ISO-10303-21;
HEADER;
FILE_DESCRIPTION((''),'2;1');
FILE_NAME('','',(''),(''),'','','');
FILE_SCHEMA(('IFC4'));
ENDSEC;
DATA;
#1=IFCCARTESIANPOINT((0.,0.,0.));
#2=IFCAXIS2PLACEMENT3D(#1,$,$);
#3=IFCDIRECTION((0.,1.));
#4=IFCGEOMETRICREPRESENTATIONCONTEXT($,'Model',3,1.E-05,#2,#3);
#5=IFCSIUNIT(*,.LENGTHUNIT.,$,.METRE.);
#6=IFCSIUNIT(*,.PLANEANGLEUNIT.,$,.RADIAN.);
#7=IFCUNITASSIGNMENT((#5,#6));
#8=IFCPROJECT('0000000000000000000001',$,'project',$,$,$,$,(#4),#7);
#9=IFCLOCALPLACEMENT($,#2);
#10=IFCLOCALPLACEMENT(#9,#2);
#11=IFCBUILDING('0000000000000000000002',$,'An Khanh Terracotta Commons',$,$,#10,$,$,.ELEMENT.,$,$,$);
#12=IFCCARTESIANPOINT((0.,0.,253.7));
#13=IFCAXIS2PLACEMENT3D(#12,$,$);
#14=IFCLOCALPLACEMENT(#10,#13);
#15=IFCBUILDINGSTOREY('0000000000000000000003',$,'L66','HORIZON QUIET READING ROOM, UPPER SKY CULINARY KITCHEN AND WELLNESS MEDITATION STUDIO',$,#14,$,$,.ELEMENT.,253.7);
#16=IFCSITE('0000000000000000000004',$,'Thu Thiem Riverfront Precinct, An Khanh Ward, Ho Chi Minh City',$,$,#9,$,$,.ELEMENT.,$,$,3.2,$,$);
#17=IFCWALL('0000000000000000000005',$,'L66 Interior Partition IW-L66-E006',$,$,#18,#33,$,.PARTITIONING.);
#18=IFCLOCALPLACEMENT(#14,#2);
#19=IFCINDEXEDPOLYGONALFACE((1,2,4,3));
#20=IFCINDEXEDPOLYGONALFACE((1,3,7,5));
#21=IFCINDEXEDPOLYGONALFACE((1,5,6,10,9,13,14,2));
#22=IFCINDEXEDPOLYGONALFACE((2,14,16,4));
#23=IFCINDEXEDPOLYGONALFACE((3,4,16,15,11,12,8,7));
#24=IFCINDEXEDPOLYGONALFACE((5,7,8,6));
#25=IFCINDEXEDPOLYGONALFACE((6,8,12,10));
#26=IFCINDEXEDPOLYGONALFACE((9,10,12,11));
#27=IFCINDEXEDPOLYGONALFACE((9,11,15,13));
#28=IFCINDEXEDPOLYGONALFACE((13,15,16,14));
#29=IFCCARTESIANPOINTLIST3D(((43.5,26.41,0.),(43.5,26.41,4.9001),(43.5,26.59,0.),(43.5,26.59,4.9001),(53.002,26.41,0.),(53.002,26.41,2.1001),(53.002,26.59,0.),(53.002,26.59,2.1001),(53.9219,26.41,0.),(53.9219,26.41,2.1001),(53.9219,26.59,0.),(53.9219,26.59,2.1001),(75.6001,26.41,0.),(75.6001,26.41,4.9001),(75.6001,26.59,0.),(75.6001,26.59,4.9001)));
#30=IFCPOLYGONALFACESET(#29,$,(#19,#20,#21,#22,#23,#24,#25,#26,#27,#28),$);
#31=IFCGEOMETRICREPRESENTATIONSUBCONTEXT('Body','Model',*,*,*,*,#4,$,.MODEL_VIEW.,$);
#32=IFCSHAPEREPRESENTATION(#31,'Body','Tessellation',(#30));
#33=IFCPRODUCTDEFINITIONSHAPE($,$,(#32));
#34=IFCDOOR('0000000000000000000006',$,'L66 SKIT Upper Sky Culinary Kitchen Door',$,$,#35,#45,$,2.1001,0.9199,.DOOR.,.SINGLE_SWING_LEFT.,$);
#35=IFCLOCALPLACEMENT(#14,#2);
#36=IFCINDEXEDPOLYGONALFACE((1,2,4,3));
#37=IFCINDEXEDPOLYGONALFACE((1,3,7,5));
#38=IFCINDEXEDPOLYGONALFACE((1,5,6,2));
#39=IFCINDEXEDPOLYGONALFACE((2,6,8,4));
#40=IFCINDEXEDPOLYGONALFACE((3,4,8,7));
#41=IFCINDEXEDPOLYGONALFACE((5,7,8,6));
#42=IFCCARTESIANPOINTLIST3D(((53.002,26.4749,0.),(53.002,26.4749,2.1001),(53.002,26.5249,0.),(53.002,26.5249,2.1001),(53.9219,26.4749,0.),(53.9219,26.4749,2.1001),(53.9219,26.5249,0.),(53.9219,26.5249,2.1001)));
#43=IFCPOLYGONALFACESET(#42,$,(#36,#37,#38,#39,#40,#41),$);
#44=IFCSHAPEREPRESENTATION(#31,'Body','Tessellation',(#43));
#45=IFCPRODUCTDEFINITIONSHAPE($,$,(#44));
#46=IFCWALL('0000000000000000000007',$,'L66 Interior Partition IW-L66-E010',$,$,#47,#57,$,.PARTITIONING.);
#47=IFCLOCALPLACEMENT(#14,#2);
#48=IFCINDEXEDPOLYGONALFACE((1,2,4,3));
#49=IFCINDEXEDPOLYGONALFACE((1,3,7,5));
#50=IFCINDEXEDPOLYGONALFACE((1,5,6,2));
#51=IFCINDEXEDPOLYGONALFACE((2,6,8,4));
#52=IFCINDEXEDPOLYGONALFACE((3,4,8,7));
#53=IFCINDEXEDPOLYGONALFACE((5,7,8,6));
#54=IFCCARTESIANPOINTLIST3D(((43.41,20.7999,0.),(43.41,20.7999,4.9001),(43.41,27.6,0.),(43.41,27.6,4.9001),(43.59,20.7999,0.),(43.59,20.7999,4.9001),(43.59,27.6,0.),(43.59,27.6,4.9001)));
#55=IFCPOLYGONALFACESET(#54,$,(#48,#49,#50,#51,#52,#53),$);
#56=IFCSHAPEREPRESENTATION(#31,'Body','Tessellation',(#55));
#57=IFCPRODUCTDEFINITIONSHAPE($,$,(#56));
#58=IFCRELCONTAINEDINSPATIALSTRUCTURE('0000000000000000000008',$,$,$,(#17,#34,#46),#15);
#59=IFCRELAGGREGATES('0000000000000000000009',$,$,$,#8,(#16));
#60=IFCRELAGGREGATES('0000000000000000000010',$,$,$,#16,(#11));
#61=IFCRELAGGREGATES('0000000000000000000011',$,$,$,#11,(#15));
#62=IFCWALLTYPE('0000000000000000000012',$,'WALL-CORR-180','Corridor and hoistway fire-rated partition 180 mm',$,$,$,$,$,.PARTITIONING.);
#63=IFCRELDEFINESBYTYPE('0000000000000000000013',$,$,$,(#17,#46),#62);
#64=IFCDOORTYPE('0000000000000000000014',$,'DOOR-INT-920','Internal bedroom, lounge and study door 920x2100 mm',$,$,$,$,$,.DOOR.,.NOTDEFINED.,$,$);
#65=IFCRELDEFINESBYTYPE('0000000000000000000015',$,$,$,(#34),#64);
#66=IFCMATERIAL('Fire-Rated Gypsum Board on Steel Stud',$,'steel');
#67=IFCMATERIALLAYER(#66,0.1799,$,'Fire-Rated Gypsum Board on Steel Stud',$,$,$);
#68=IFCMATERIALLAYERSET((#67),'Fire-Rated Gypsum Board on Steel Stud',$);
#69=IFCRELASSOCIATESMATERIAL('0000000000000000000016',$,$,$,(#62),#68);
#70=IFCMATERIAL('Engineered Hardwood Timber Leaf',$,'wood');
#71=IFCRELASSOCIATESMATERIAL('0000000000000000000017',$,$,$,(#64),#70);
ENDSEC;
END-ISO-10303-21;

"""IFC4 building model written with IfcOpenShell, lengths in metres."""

from ifc_helpers import new_model, si_unit, direction, frame, frame_2d, origin, place, context, subcontext, project, spatial, rectangle, extrude, material, layer, layer_set, type_object, element, fill, save


model = new_model("IFC4")

# Units and contexts
model_context = context("Model", 3, precision=1e-05, world=origin(), true_north=direction((0.0, 1.0)))
body_context = subcontext(model_context, "Body", "Model", "MODEL_VIEW")
ifc_project = project(units=[si_unit("LENGTHUNIT", "METRE"), si_unit("PLANEANGLEUNIT", "RADIAN")], contexts=[model_context])

# Site, building, storey
site_placement = place(None, origin())
site = spatial("IfcSite", under=ifc_project, at=site_placement, Name="Thu Thiem Riverfront Precinct, An Khanh Ward, Ho Chi Minh City", CompositionType="ELEMENT", RefElevation=3.2)
building_placement = place(site_placement, origin())
building = spatial("IfcBuilding", under=site, at=building_placement, Name="An Khanh Terracotta Commons", CompositionType="ELEMENT")
storey_placement = place(building_placement, frame((0.0, 0.0, 253.7)))
storey = spatial("IfcBuildingStorey", under=building, at=storey_placement, Name="L66", Description="HORIZON QUIET READING ROOM, UPPER SKY CULINARY KITCHEN AND WELLNESS MEDITATION STUDIO", CompositionType="ELEMENT", Elevation=253.7)

# Shared definitions
ifc_material_1 = material(Name="Fire-Rated Gypsum Board on Steel Stud", Category="steel")
ifc_layer = layer(ifc_material_1, 0.1799, Name="Fire-Rated Gypsum Board on Steel Stud")
ifc_layer_set = layer_set([ifc_layer], Name="Fire-Rated Gypsum Board on Steel Stud")
wall_type = type_object("IfcWallType", Name="WALL-CORR-180", Description="Corridor and hoistway fire-rated partition 180 mm", PredefinedType="PARTITIONING", material=ifc_layer_set)

# Wall, opening, door
wall_1_placement = place(storey_placement, frame((43.5, 26.5, 0.0), z_axis=(0.0, 0.0, 1.0), x_axis=(1.0, 0.0, 0.0)))
wall_1 = element("IfcWall", 1, at=wall_1_placement, inside=storey, type_object=wall_type, Name="L66 Interior Partition IW-L66-E006", PredefinedType="PARTITIONING", context=body_context, shape_type="SweptSolid", body=[
    extrude(rectangle(XDim=32.1001, YDim=0.1799, at=frame_2d((16.05, 0.0))), origin(), (0.0, 0.0, 1.0), 4.9001),
])
opening_1_placement = place(wall_1_placement, frame((9.502, 0.0, 0.0)))
opening_1 = element("IfcOpeningElement", 2, at=opening_1_placement, cuts=wall_1, PredefinedType="OPENING", context=body_context, shape_type="SweptSolid", body=[
    extrude(rectangle(XDim=0.9199, YDim=2.1001, at=frame_2d((0.46, 1.05))), frame((0.0, 0.0999, 0.0), z_axis=(0.0, -1.0, 0.0), x_axis=(1.0, 0.0, 0.0)), (0.0, 0.0, 1.0), 0.2),
])
ifc_material_2 = material(Name="Engineered Hardwood Timber Leaf", Category="wood")
door_type_1 = type_object("IfcDoorType", Name="DOOR-INT-920", Description="Internal bedroom, lounge and study door 920x2100 mm", OperationType="NOTDEFINED", PredefinedType="DOOR", material=ifc_material_2)
door_1_placement = place(opening_1_placement, origin())
door_1 = element("IfcDoor", 3, at=door_1_placement, inside=storey, type_object=door_type_1, Name="L66 SKIT Upper Sky Culinary Kitchen Door", OperationType="SINGLE_SWING_LEFT", OverallHeight=2.1001, OverallWidth=0.9199, PredefinedType="DOOR", context=body_context, shape_type="SweptSolid", body=[
    extrude(rectangle(XDim=0.9199, YDim=2.1001, at=frame_2d((0.46, 1.05))), frame((0.0, 0.0249, 0.0), z_axis=(0.0, -1.0, 0.0), x_axis=(1.0, 0.0, 0.0)), (0.0, 0.0, 1.0), 0.05),
])
fill(opening_1, door_1)

# Wall
wall_2_placement = place(storey_placement, frame((43.5, 20.8, 0.0), z_axis=(0.0, 0.0, 1.0), x_axis=(0.0, 1.0, 0.0)))
element("IfcWall", 4, at=wall_2_placement, inside=storey, type_object=wall_type, Name="L66 Interior Partition IW-L66-E010", PredefinedType="PARTITIONING", context=body_context, shape_type="SweptSolid", body=[
    extrude(rectangle(XDim=6.8, YDim=0.1799, at=frame_2d((3.3999, 0.0))), origin(), (0.0, 0.0, 1.0), 4.9001),
])

save(model, "model.ifc")
